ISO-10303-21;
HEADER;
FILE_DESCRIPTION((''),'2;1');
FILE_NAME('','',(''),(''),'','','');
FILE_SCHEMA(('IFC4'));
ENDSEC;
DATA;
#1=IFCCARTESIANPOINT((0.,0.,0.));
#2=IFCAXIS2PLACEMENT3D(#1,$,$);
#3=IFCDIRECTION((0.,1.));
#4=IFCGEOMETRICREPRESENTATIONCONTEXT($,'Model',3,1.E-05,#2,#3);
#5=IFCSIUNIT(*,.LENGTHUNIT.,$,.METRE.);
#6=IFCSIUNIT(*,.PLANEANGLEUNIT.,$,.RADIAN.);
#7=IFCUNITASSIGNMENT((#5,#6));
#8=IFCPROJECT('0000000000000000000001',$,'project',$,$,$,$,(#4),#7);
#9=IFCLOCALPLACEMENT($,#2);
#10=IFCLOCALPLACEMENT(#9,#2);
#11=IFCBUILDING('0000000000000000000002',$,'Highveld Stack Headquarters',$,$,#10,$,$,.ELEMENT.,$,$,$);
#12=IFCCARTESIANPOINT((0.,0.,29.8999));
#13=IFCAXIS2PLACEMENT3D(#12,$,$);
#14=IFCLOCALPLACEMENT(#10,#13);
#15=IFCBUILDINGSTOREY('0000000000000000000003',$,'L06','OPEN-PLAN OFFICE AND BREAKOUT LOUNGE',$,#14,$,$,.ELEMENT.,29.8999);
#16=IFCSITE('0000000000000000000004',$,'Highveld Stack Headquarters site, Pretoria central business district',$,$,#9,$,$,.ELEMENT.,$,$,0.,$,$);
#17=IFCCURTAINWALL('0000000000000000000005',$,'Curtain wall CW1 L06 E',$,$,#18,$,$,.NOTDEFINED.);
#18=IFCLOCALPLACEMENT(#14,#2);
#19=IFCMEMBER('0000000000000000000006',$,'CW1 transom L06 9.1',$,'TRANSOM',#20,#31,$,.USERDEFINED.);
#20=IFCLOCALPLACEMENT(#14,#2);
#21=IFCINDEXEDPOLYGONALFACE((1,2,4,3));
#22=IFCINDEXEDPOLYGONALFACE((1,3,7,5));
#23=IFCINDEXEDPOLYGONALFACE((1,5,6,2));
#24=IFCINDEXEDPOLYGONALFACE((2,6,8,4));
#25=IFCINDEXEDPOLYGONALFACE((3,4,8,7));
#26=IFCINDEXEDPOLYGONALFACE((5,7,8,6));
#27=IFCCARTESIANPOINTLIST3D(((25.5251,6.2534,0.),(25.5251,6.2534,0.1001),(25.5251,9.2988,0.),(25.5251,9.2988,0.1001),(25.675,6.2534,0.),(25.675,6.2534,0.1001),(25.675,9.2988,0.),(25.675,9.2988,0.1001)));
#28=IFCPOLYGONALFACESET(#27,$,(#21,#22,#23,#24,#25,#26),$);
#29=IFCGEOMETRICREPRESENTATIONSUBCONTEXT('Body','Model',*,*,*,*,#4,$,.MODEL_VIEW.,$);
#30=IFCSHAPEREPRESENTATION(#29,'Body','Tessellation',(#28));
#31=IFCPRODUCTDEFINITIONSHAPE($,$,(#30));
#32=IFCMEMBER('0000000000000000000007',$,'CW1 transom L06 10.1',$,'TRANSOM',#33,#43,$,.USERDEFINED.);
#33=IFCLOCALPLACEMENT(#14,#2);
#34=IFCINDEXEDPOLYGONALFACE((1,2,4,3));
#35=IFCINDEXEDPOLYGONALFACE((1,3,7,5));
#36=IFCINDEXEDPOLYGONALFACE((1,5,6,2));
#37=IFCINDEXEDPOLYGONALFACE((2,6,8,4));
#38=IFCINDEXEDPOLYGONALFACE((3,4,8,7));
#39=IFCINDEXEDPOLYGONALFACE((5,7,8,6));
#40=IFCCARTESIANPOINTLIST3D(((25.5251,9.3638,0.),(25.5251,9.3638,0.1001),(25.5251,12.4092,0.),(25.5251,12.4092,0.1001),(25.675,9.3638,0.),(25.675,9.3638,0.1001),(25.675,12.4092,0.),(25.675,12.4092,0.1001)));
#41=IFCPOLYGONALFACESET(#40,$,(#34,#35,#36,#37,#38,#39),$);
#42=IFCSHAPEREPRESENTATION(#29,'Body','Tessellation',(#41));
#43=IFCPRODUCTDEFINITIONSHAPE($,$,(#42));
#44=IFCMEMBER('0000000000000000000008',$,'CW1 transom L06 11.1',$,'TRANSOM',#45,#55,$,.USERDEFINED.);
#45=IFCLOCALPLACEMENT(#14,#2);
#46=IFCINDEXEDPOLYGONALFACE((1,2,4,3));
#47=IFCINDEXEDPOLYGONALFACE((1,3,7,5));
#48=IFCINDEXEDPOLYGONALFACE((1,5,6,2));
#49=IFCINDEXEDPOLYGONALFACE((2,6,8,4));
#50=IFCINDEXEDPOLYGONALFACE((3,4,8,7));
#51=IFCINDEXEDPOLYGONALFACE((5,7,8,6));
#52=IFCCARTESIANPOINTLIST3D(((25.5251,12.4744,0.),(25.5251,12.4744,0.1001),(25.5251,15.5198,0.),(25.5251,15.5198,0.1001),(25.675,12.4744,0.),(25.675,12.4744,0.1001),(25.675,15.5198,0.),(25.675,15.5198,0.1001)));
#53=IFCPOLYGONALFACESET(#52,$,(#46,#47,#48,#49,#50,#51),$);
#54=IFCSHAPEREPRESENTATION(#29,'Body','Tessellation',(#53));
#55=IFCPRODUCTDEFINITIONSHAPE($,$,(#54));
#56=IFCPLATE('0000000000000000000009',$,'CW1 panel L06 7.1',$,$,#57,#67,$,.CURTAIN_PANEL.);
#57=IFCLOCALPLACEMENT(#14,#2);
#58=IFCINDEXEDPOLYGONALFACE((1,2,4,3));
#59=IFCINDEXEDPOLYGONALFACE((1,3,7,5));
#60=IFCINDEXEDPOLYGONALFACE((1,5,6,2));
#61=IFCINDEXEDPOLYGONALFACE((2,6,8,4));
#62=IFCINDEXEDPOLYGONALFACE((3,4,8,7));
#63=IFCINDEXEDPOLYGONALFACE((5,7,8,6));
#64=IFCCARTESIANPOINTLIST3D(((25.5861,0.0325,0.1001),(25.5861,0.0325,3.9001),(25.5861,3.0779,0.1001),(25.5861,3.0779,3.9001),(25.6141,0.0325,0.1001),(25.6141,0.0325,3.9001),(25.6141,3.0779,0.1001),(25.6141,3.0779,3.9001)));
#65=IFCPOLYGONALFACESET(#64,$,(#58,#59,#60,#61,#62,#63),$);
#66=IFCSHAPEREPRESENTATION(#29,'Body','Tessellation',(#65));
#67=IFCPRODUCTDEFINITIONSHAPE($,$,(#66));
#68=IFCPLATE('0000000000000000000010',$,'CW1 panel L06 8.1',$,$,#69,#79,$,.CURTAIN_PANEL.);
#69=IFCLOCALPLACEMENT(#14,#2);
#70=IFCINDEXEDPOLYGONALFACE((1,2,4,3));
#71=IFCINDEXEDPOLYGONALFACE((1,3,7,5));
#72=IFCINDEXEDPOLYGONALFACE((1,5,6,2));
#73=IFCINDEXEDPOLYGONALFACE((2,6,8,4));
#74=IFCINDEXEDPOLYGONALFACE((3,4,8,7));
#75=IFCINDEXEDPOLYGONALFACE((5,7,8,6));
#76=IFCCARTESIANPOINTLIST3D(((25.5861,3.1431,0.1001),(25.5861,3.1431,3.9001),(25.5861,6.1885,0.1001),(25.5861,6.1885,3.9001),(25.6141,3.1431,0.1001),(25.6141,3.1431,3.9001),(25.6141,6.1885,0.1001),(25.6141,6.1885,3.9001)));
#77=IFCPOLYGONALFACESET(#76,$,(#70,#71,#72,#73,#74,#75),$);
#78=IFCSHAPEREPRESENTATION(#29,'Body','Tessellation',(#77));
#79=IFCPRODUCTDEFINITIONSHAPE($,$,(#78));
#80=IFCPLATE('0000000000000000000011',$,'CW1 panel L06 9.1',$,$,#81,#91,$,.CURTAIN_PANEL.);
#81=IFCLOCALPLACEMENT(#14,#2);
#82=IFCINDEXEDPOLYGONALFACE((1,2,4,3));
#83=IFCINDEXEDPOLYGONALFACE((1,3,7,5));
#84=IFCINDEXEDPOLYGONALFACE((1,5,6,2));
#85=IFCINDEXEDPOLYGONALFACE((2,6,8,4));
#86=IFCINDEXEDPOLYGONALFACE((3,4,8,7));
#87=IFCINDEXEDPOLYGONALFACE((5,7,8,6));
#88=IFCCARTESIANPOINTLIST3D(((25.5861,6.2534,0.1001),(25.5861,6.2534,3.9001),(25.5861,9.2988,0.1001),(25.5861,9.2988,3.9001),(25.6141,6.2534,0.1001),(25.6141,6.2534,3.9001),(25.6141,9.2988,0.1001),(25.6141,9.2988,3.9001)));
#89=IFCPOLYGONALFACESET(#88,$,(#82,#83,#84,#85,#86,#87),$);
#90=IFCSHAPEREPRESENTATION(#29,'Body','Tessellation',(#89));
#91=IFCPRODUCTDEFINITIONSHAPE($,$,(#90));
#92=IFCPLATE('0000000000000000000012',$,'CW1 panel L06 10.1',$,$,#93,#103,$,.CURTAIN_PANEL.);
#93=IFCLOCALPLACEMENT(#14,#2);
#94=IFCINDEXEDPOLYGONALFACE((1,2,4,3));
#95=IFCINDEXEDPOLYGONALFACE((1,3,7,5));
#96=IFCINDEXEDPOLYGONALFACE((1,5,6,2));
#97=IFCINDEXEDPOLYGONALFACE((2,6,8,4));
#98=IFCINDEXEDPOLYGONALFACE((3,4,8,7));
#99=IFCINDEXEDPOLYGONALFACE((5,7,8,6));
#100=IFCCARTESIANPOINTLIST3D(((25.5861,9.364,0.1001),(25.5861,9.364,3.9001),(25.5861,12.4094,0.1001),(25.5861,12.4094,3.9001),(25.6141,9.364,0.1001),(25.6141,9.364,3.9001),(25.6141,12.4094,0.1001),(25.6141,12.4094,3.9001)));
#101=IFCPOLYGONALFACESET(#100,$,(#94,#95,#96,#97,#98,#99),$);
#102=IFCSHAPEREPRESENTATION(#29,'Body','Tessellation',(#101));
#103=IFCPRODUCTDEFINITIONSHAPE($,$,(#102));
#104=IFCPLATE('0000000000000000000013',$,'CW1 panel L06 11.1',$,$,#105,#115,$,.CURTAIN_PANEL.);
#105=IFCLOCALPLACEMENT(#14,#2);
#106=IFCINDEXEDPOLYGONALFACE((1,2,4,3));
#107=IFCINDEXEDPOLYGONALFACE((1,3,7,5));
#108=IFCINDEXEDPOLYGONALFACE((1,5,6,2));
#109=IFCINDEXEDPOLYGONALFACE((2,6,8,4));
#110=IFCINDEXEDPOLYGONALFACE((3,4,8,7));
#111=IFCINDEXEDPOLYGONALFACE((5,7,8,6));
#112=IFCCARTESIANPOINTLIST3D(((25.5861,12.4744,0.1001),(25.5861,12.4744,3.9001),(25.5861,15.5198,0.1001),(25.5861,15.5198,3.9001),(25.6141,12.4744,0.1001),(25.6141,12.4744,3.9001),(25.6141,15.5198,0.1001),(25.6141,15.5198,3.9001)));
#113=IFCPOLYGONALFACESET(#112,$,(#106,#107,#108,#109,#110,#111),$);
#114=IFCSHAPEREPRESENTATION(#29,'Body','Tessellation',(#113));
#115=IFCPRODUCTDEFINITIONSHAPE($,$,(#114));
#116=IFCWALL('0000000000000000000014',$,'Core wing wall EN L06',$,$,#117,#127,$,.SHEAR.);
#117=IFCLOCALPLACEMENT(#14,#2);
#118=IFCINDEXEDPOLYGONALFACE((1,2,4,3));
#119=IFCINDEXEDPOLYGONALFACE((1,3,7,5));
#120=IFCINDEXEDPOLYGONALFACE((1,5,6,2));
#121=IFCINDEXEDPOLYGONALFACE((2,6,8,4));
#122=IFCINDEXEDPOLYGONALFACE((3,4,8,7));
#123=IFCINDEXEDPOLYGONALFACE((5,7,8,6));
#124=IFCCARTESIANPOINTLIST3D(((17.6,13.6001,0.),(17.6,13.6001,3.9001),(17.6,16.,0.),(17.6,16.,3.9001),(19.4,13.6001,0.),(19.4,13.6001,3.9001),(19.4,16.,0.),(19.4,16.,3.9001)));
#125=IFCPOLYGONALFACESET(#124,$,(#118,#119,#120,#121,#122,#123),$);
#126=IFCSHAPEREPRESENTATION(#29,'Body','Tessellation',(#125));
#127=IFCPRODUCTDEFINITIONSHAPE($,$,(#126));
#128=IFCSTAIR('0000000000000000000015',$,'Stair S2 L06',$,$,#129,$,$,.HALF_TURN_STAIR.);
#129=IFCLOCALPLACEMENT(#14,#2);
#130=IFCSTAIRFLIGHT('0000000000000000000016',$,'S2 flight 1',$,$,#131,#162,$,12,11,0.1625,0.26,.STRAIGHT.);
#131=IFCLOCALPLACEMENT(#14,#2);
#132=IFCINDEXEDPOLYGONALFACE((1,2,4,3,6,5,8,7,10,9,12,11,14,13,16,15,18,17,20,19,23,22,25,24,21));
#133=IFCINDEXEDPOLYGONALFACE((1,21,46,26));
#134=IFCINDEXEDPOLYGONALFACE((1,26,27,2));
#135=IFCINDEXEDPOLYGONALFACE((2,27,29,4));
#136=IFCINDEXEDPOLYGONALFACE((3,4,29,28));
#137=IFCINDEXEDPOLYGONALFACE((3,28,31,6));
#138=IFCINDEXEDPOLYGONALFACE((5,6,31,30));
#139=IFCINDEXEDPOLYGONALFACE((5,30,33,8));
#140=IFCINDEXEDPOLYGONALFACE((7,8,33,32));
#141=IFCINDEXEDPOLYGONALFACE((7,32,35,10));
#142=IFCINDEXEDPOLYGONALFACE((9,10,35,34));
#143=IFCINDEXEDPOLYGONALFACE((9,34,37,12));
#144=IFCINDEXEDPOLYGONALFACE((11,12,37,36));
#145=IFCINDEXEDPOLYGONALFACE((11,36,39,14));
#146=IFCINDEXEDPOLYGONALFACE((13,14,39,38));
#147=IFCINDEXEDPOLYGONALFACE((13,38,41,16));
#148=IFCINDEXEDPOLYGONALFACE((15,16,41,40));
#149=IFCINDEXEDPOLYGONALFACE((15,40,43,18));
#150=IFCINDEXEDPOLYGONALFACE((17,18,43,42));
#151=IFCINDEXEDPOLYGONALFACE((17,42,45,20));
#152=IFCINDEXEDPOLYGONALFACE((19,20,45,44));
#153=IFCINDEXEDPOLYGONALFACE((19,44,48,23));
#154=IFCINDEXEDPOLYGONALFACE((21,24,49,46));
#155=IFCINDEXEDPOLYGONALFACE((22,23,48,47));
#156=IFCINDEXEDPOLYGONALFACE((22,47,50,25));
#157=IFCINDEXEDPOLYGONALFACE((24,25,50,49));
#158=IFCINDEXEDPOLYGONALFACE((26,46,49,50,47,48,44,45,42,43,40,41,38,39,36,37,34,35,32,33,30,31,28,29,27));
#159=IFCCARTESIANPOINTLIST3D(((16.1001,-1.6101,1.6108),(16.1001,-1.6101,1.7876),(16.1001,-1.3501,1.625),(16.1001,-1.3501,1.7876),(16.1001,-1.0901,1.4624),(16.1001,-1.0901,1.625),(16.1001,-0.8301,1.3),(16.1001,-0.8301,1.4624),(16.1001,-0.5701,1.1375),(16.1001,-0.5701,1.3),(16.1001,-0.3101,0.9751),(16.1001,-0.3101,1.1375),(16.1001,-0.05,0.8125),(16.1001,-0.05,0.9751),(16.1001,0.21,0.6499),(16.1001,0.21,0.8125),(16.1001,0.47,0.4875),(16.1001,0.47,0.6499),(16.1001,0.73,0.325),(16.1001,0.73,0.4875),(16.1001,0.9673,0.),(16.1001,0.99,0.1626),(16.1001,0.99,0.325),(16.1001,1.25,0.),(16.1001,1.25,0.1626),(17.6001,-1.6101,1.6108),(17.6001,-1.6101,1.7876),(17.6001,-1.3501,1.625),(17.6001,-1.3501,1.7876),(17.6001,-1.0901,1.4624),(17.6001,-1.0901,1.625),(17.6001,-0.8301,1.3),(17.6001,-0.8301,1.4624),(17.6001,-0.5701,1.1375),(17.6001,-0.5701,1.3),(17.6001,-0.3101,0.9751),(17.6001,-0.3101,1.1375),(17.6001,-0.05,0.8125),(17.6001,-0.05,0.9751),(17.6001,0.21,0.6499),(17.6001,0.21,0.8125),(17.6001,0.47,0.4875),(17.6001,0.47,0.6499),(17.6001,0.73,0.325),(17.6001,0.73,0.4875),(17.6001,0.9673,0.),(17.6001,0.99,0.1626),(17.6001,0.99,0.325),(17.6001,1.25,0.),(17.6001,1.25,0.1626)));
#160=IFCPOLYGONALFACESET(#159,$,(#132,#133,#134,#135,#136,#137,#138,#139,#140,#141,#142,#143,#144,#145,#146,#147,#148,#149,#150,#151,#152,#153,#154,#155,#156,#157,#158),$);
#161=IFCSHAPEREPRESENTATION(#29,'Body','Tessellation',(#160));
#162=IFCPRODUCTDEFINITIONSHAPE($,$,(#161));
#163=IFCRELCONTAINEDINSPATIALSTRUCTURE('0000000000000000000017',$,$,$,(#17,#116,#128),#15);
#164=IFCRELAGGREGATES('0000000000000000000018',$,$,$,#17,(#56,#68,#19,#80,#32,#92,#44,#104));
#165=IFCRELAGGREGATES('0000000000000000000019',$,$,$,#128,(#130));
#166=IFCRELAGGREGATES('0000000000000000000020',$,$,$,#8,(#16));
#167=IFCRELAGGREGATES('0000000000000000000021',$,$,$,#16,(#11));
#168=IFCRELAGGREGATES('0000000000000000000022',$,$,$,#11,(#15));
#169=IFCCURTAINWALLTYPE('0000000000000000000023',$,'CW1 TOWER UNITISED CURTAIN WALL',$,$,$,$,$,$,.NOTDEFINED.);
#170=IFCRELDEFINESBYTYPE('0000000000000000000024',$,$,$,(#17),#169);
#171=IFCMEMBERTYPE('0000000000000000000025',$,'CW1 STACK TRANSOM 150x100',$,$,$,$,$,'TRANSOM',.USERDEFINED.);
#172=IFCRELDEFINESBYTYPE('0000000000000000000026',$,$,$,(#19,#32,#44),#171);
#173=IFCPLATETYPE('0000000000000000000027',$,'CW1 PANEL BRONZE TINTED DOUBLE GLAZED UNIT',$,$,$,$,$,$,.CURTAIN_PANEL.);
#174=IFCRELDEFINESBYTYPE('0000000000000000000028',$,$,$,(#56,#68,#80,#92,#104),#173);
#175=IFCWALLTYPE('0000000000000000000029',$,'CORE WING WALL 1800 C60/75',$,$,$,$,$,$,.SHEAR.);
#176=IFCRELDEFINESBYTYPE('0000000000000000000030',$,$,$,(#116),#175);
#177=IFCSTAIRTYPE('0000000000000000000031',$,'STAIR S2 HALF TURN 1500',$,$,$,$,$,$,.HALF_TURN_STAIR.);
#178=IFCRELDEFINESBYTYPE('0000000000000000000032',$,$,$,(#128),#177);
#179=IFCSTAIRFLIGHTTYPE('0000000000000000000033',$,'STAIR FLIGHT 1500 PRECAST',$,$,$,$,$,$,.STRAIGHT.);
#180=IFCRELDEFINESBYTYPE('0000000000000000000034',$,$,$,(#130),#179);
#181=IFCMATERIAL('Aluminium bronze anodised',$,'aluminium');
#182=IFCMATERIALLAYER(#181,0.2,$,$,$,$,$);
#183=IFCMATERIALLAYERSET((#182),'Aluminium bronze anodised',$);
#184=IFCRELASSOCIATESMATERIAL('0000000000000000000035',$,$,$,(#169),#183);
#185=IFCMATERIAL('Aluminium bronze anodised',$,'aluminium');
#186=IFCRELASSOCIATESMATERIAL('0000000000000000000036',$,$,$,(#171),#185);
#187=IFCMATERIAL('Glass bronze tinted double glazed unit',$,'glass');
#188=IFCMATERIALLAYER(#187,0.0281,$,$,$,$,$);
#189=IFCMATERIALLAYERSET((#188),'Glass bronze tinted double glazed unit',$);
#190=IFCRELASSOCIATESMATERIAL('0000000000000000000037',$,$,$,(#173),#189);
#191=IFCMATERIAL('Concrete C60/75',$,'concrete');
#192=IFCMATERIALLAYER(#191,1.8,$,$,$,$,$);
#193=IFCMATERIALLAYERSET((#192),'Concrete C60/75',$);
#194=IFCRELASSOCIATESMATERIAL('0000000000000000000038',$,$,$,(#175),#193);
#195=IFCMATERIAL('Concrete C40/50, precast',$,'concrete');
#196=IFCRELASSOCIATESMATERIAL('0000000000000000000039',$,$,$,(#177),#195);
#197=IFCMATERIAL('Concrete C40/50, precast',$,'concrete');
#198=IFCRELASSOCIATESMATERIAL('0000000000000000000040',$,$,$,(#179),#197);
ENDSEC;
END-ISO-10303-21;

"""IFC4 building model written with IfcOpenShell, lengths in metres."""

from ifc_helpers import new_model, si_unit, direction, frame, frame_2d, origin, origin_2d, place, context, subcontext, project, spatial, polyline, rectangle, outline, extrude, material, layer, layer_set, material_profile, profile_set, type_object, element, aggregate, save


model = new_model("IFC4")

# Units and contexts
model_context = context("Model", 3, precision=1e-05, world=origin(), true_north=direction((0.0, 1.0)))
body_context = subcontext(model_context, "Body", "Model", "MODEL_VIEW")
ifc_project = project(units=[si_unit("LENGTHUNIT", "METRE"), si_unit("PLANEANGLEUNIT", "RADIAN")], contexts=[model_context])

# Site, building, storey
site_placement = place(None, origin())
site = spatial("IfcSite", under=ifc_project, at=site_placement, Name="Highveld Stack Headquarters site, Pretoria central business district", CompositionType="ELEMENT", RefElevation=0.0)
building_placement = place(site_placement, origin())
building = spatial("IfcBuilding", under=site, at=building_placement, Name="Highveld Stack Headquarters", CompositionType="ELEMENT")
storey_placement = place(building_placement, frame((0.0, 0.0, 29.8999)))
storey = spatial("IfcBuildingStorey", under=building, at=storey_placement, Name="L06", Description="OPEN-PLAN OFFICE AND BREAKOUT LOUNGE", CompositionType="ELEMENT", Elevation=29.8999)

# Curtain wall, members, plates
ifc_material_1 = material(Name="Aluminium bronze anodised", Category="aluminium")
ifc_layer_1 = layer(ifc_material_1, 0.2)
ifc_layer_set_1 = layer_set([ifc_layer_1], Name="Aluminium bronze anodised")
curtain_wall_type = type_object("IfcCurtainWallType", Name="CW1 TOWER UNITISED CURTAIN WALL", PredefinedType="NOTDEFINED", material=ifc_layer_set_1)
curtain_wall_placement = place(storey_placement, origin())
curtain_wall = element("IfcCurtainWall", 1, at=curtain_wall_placement, inside=storey, type_object=curtain_wall_type, Name="Curtain wall CW1 L06 E", PredefinedType="NOTDEFINED")
ifc_material_2 = material(Name="Aluminium bronze anodised", Category="aluminium")
ifc_material_profile_1 = material_profile(ifc_material_2, rectangle(XDim=0.1499, YDim=0.1001, at=origin_2d()), Name="CW1 TRANSOM 150x100")
ifc_profile_set_1 = profile_set([ifc_material_profile_1], Name="Aluminium bronze anodised")
member_type_1 = type_object("IfcMemberType", Name="CW1 STACK TRANSOM 150x100", ElementType="TRANSOM", PredefinedType="USERDEFINED", material=ifc_profile_set_1)
member_1_placement = place(storey_placement, frame((25.6001, 6.2534, 0.05), z_axis=(0.0, 1.0, 0.0), x_axis=(-1.0, 0.0, 0.0)))
member_1 = element("IfcMember", 2, at=member_1_placement, type_object=member_type_1, Name="CW1 transom L06 9.1", ObjectType="TRANSOM", PredefinedType="USERDEFINED", context=body_context, shape_type="SweptSolid", body=[
    extrude(rectangle(XDim=0.1499, YDim=0.1001, at=origin_2d()), origin(), (0.0, 0.0, 1.0), 3.0454),
])
member_2_placement = place(storey_placement, frame((25.6001, 9.3638, 0.05), z_axis=(0.0, 1.0, 0.0), x_axis=(-1.0, 0.0, 0.0)))
member_2 = element("IfcMember", 3, at=member_2_placement, type_object=member_type_1, Name="CW1 transom L06 10.1", ObjectType="TRANSOM", PredefinedType="USERDEFINED", context=body_context, shape_type="SweptSolid", body=[
    extrude(rectangle(XDim=0.1499, YDim=0.1001, at=origin_2d()), origin(), (0.0, 0.0, 1.0), 3.0454),
])
member_3_placement = place(storey_placement, frame((25.6001, 12.4744, 0.05), z_axis=(0.0, 1.0, 0.0), x_axis=(-1.0, 0.0, 0.0)))
member_3 = element("IfcMember", 4, at=member_3_placement, type_object=member_type_1, Name="CW1 transom L06 11.1", ObjectType="TRANSOM", PredefinedType="USERDEFINED", context=body_context, shape_type="SweptSolid", body=[
    extrude(rectangle(XDim=0.1499, YDim=0.1001, at=origin_2d()), origin(), (0.0, 0.0, 1.0), 3.0454),
])
ifc_material_3 = material(Name="Glass bronze tinted double glazed unit", Category="glass")
ifc_layer_2 = layer(ifc_material_3, 0.0281)
ifc_layer_set_2 = layer_set([ifc_layer_2], Name="Glass bronze tinted double glazed unit")
plate_type = type_object("IfcPlateType", Name="CW1 PANEL BRONZE TINTED DOUBLE GLAZED UNIT", PredefinedType="CURTAIN_PANEL", material=ifc_layer_set_2)
plate_1_placement = place(storey_placement, frame((25.6001, 1.5552, 0.1001), z_axis=(0.0, 0.0, 1.0), x_axis=(0.0, 1.0, 0.0)))
plate_1 = element("IfcPlate", 5, at=plate_1_placement, type_object=plate_type, Name="CW1 panel L06 7.1", PredefinedType="CURTAIN_PANEL", context=body_context, shape_type="SweptSolid", body=[
    extrude(rectangle(XDim=3.0454, YDim=0.0281, at=origin_2d()), origin(), (0.0, 0.0, 1.0), 3.8),
])
plate_2_placement = place(storey_placement, frame((25.6001, 4.6658, 0.1001), z_axis=(0.0, 0.0, 1.0), x_axis=(0.0, 1.0, 0.0)))
plate_2 = element("IfcPlate", 6, at=plate_2_placement, type_object=plate_type, Name="CW1 panel L06 8.1", PredefinedType="CURTAIN_PANEL", context=body_context, shape_type="SweptSolid", body=[
    extrude(rectangle(XDim=3.0454, YDim=0.0281, at=origin_2d()), origin(), (0.0, 0.0, 1.0), 3.8),
])
plate_3_placement = place(storey_placement, frame((25.6001, 7.7761, 0.1001), z_axis=(0.0, 0.0, 1.0), x_axis=(0.0, 1.0, 0.0)))
plate_3 = element("IfcPlate", 7, at=plate_3_placement, type_object=plate_type, Name="CW1 panel L06 9.1", PredefinedType="CURTAIN_PANEL", context=body_context, shape_type="SweptSolid", body=[
    extrude(rectangle(XDim=3.0454, YDim=0.0281, at=origin_2d()), origin(), (0.0, 0.0, 1.0), 3.8),
])
plate_4_placement = place(storey_placement, frame((25.6001, 10.8867, 0.1001), z_axis=(0.0, 0.0, 1.0), x_axis=(0.0, 1.0, 0.0)))
plate_4 = element("IfcPlate", 8, at=plate_4_placement, type_object=plate_type, Name="CW1 panel L06 10.1", PredefinedType="CURTAIN_PANEL", context=body_context, shape_type="SweptSolid", body=[
    extrude(rectangle(XDim=3.0454, YDim=0.0281, at=origin_2d()), origin(), (0.0, 0.0, 1.0), 3.8),
])
plate_5_placement = place(storey_placement, frame((25.6001, 13.9971, 0.1001), z_axis=(0.0, 0.0, 1.0), x_axis=(0.0, 1.0, 0.0)))
plate_5 = element("IfcPlate", 9, at=plate_5_placement, type_object=plate_type, Name="CW1 panel L06 11.1", PredefinedType="CURTAIN_PANEL", context=body_context, shape_type="SweptSolid", body=[
    extrude(rectangle(XDim=3.0454, YDim=0.0281, at=origin_2d()), origin(), (0.0, 0.0, 1.0), 3.8),
])
aggregate(curtain_wall, [plate_1, plate_2, member_1, plate_3, member_2, plate_4, member_3, plate_5])

# Wall
ifc_material_4 = material(Name="Concrete C60/75", Category="concrete")
ifc_layer_3 = layer(ifc_material_4, 1.8)
ifc_layer_set_3 = layer_set([ifc_layer_3], Name="Concrete C60/75")
wall_type = type_object("IfcWallType", Name="CORE WING WALL 1800 C60/75", PredefinedType="SHEAR", material=ifc_layer_set_3)
wall_placement = place(storey_placement, frame((18.5, 13.6001, 0.0), z_axis=(0.0, 0.0, 1.0), x_axis=(0.0, 1.0, 0.0)))
element("IfcWall", 10, at=wall_placement, inside=storey, type_object=wall_type, Name="Core wing wall EN L06", PredefinedType="SHEAR", context=body_context, shape_type="SweptSolid", body=[
    extrude(rectangle(XDim=2.3999, YDim=1.8, at=frame_2d((1.2, 0.0))), origin(), (0.0, 0.0, 1.0), 3.9001),
])

# Stair, stair flight
ifc_material_5 = material(Name="Concrete C40/50, precast", Category="concrete")
stair_type = type_object("IfcStairType", Name="STAIR S2 HALF TURN 1500", PredefinedType="HALF_TURN_STAIR", material=ifc_material_5)
stair_placement = place(storey_placement, origin())
stair = element("IfcStair", 11, at=stair_placement, inside=storey, type_object=stair_type, Name="Stair S2 L06", PredefinedType="HALF_TURN_STAIR")
ifc_material_6 = material(Name="Concrete C40/50, precast", Category="concrete")
stair_flight_type = type_object("IfcStairFlightType", Name="STAIR FLIGHT 1500 PRECAST", PredefinedType="STRAIGHT", material=ifc_material_6)
stair_flight_placement = place(storey_placement, frame((16.8501, 1.25, 0.0), z_axis=(0.0, 0.0, 1.0), x_axis=(0.0, -1.0, 0.0)))
stair_flight = element("IfcStairFlight", 12, at=stair_flight_placement, type_object=stair_flight_type, Name="S2 flight 1", NumberOfRisers=12, NumberOfTreads=11, PredefinedType="STRAIGHT", RiserHeight=0.1625, TreadLength=0.26, context=body_context, shape_type="SweptSolid", body=[
    extrude(outline(polyline([(0.0, 0.0), (0.0, 0.1626), (0.26, 0.1626), (0.26, 0.325), (0.52, 0.325), (0.52, 0.4875), (0.78, 0.4875), (0.78, 0.6499), (1.04, 0.6499), (1.04, 0.8125), (1.3, 0.8125), (1.3, 0.9751), (1.5601, 0.9751), (1.5601, 1.1375), (1.8201, 1.1375), (1.8201, 1.3), (2.0801, 1.3), (2.0801, 1.4624), (2.3401, 1.4624), (2.3401, 1.625), (2.6001, 1.625), (2.6001, 1.7876), (2.8601, 1.7876), (2.8601, 1.95), (2.8601, 1.6108), (0.2827, 0.0), (0.0, 0.0)])), frame((0.0, 0.75, 0.0), z_axis=(0.0, -1.0, 0.0), x_axis=(1.0, 0.0, 0.0)), (0.0, 0.0, 1.0), 1.5),
])
aggregate(stair, [stair_flight])

save(model, "model.ifc")
